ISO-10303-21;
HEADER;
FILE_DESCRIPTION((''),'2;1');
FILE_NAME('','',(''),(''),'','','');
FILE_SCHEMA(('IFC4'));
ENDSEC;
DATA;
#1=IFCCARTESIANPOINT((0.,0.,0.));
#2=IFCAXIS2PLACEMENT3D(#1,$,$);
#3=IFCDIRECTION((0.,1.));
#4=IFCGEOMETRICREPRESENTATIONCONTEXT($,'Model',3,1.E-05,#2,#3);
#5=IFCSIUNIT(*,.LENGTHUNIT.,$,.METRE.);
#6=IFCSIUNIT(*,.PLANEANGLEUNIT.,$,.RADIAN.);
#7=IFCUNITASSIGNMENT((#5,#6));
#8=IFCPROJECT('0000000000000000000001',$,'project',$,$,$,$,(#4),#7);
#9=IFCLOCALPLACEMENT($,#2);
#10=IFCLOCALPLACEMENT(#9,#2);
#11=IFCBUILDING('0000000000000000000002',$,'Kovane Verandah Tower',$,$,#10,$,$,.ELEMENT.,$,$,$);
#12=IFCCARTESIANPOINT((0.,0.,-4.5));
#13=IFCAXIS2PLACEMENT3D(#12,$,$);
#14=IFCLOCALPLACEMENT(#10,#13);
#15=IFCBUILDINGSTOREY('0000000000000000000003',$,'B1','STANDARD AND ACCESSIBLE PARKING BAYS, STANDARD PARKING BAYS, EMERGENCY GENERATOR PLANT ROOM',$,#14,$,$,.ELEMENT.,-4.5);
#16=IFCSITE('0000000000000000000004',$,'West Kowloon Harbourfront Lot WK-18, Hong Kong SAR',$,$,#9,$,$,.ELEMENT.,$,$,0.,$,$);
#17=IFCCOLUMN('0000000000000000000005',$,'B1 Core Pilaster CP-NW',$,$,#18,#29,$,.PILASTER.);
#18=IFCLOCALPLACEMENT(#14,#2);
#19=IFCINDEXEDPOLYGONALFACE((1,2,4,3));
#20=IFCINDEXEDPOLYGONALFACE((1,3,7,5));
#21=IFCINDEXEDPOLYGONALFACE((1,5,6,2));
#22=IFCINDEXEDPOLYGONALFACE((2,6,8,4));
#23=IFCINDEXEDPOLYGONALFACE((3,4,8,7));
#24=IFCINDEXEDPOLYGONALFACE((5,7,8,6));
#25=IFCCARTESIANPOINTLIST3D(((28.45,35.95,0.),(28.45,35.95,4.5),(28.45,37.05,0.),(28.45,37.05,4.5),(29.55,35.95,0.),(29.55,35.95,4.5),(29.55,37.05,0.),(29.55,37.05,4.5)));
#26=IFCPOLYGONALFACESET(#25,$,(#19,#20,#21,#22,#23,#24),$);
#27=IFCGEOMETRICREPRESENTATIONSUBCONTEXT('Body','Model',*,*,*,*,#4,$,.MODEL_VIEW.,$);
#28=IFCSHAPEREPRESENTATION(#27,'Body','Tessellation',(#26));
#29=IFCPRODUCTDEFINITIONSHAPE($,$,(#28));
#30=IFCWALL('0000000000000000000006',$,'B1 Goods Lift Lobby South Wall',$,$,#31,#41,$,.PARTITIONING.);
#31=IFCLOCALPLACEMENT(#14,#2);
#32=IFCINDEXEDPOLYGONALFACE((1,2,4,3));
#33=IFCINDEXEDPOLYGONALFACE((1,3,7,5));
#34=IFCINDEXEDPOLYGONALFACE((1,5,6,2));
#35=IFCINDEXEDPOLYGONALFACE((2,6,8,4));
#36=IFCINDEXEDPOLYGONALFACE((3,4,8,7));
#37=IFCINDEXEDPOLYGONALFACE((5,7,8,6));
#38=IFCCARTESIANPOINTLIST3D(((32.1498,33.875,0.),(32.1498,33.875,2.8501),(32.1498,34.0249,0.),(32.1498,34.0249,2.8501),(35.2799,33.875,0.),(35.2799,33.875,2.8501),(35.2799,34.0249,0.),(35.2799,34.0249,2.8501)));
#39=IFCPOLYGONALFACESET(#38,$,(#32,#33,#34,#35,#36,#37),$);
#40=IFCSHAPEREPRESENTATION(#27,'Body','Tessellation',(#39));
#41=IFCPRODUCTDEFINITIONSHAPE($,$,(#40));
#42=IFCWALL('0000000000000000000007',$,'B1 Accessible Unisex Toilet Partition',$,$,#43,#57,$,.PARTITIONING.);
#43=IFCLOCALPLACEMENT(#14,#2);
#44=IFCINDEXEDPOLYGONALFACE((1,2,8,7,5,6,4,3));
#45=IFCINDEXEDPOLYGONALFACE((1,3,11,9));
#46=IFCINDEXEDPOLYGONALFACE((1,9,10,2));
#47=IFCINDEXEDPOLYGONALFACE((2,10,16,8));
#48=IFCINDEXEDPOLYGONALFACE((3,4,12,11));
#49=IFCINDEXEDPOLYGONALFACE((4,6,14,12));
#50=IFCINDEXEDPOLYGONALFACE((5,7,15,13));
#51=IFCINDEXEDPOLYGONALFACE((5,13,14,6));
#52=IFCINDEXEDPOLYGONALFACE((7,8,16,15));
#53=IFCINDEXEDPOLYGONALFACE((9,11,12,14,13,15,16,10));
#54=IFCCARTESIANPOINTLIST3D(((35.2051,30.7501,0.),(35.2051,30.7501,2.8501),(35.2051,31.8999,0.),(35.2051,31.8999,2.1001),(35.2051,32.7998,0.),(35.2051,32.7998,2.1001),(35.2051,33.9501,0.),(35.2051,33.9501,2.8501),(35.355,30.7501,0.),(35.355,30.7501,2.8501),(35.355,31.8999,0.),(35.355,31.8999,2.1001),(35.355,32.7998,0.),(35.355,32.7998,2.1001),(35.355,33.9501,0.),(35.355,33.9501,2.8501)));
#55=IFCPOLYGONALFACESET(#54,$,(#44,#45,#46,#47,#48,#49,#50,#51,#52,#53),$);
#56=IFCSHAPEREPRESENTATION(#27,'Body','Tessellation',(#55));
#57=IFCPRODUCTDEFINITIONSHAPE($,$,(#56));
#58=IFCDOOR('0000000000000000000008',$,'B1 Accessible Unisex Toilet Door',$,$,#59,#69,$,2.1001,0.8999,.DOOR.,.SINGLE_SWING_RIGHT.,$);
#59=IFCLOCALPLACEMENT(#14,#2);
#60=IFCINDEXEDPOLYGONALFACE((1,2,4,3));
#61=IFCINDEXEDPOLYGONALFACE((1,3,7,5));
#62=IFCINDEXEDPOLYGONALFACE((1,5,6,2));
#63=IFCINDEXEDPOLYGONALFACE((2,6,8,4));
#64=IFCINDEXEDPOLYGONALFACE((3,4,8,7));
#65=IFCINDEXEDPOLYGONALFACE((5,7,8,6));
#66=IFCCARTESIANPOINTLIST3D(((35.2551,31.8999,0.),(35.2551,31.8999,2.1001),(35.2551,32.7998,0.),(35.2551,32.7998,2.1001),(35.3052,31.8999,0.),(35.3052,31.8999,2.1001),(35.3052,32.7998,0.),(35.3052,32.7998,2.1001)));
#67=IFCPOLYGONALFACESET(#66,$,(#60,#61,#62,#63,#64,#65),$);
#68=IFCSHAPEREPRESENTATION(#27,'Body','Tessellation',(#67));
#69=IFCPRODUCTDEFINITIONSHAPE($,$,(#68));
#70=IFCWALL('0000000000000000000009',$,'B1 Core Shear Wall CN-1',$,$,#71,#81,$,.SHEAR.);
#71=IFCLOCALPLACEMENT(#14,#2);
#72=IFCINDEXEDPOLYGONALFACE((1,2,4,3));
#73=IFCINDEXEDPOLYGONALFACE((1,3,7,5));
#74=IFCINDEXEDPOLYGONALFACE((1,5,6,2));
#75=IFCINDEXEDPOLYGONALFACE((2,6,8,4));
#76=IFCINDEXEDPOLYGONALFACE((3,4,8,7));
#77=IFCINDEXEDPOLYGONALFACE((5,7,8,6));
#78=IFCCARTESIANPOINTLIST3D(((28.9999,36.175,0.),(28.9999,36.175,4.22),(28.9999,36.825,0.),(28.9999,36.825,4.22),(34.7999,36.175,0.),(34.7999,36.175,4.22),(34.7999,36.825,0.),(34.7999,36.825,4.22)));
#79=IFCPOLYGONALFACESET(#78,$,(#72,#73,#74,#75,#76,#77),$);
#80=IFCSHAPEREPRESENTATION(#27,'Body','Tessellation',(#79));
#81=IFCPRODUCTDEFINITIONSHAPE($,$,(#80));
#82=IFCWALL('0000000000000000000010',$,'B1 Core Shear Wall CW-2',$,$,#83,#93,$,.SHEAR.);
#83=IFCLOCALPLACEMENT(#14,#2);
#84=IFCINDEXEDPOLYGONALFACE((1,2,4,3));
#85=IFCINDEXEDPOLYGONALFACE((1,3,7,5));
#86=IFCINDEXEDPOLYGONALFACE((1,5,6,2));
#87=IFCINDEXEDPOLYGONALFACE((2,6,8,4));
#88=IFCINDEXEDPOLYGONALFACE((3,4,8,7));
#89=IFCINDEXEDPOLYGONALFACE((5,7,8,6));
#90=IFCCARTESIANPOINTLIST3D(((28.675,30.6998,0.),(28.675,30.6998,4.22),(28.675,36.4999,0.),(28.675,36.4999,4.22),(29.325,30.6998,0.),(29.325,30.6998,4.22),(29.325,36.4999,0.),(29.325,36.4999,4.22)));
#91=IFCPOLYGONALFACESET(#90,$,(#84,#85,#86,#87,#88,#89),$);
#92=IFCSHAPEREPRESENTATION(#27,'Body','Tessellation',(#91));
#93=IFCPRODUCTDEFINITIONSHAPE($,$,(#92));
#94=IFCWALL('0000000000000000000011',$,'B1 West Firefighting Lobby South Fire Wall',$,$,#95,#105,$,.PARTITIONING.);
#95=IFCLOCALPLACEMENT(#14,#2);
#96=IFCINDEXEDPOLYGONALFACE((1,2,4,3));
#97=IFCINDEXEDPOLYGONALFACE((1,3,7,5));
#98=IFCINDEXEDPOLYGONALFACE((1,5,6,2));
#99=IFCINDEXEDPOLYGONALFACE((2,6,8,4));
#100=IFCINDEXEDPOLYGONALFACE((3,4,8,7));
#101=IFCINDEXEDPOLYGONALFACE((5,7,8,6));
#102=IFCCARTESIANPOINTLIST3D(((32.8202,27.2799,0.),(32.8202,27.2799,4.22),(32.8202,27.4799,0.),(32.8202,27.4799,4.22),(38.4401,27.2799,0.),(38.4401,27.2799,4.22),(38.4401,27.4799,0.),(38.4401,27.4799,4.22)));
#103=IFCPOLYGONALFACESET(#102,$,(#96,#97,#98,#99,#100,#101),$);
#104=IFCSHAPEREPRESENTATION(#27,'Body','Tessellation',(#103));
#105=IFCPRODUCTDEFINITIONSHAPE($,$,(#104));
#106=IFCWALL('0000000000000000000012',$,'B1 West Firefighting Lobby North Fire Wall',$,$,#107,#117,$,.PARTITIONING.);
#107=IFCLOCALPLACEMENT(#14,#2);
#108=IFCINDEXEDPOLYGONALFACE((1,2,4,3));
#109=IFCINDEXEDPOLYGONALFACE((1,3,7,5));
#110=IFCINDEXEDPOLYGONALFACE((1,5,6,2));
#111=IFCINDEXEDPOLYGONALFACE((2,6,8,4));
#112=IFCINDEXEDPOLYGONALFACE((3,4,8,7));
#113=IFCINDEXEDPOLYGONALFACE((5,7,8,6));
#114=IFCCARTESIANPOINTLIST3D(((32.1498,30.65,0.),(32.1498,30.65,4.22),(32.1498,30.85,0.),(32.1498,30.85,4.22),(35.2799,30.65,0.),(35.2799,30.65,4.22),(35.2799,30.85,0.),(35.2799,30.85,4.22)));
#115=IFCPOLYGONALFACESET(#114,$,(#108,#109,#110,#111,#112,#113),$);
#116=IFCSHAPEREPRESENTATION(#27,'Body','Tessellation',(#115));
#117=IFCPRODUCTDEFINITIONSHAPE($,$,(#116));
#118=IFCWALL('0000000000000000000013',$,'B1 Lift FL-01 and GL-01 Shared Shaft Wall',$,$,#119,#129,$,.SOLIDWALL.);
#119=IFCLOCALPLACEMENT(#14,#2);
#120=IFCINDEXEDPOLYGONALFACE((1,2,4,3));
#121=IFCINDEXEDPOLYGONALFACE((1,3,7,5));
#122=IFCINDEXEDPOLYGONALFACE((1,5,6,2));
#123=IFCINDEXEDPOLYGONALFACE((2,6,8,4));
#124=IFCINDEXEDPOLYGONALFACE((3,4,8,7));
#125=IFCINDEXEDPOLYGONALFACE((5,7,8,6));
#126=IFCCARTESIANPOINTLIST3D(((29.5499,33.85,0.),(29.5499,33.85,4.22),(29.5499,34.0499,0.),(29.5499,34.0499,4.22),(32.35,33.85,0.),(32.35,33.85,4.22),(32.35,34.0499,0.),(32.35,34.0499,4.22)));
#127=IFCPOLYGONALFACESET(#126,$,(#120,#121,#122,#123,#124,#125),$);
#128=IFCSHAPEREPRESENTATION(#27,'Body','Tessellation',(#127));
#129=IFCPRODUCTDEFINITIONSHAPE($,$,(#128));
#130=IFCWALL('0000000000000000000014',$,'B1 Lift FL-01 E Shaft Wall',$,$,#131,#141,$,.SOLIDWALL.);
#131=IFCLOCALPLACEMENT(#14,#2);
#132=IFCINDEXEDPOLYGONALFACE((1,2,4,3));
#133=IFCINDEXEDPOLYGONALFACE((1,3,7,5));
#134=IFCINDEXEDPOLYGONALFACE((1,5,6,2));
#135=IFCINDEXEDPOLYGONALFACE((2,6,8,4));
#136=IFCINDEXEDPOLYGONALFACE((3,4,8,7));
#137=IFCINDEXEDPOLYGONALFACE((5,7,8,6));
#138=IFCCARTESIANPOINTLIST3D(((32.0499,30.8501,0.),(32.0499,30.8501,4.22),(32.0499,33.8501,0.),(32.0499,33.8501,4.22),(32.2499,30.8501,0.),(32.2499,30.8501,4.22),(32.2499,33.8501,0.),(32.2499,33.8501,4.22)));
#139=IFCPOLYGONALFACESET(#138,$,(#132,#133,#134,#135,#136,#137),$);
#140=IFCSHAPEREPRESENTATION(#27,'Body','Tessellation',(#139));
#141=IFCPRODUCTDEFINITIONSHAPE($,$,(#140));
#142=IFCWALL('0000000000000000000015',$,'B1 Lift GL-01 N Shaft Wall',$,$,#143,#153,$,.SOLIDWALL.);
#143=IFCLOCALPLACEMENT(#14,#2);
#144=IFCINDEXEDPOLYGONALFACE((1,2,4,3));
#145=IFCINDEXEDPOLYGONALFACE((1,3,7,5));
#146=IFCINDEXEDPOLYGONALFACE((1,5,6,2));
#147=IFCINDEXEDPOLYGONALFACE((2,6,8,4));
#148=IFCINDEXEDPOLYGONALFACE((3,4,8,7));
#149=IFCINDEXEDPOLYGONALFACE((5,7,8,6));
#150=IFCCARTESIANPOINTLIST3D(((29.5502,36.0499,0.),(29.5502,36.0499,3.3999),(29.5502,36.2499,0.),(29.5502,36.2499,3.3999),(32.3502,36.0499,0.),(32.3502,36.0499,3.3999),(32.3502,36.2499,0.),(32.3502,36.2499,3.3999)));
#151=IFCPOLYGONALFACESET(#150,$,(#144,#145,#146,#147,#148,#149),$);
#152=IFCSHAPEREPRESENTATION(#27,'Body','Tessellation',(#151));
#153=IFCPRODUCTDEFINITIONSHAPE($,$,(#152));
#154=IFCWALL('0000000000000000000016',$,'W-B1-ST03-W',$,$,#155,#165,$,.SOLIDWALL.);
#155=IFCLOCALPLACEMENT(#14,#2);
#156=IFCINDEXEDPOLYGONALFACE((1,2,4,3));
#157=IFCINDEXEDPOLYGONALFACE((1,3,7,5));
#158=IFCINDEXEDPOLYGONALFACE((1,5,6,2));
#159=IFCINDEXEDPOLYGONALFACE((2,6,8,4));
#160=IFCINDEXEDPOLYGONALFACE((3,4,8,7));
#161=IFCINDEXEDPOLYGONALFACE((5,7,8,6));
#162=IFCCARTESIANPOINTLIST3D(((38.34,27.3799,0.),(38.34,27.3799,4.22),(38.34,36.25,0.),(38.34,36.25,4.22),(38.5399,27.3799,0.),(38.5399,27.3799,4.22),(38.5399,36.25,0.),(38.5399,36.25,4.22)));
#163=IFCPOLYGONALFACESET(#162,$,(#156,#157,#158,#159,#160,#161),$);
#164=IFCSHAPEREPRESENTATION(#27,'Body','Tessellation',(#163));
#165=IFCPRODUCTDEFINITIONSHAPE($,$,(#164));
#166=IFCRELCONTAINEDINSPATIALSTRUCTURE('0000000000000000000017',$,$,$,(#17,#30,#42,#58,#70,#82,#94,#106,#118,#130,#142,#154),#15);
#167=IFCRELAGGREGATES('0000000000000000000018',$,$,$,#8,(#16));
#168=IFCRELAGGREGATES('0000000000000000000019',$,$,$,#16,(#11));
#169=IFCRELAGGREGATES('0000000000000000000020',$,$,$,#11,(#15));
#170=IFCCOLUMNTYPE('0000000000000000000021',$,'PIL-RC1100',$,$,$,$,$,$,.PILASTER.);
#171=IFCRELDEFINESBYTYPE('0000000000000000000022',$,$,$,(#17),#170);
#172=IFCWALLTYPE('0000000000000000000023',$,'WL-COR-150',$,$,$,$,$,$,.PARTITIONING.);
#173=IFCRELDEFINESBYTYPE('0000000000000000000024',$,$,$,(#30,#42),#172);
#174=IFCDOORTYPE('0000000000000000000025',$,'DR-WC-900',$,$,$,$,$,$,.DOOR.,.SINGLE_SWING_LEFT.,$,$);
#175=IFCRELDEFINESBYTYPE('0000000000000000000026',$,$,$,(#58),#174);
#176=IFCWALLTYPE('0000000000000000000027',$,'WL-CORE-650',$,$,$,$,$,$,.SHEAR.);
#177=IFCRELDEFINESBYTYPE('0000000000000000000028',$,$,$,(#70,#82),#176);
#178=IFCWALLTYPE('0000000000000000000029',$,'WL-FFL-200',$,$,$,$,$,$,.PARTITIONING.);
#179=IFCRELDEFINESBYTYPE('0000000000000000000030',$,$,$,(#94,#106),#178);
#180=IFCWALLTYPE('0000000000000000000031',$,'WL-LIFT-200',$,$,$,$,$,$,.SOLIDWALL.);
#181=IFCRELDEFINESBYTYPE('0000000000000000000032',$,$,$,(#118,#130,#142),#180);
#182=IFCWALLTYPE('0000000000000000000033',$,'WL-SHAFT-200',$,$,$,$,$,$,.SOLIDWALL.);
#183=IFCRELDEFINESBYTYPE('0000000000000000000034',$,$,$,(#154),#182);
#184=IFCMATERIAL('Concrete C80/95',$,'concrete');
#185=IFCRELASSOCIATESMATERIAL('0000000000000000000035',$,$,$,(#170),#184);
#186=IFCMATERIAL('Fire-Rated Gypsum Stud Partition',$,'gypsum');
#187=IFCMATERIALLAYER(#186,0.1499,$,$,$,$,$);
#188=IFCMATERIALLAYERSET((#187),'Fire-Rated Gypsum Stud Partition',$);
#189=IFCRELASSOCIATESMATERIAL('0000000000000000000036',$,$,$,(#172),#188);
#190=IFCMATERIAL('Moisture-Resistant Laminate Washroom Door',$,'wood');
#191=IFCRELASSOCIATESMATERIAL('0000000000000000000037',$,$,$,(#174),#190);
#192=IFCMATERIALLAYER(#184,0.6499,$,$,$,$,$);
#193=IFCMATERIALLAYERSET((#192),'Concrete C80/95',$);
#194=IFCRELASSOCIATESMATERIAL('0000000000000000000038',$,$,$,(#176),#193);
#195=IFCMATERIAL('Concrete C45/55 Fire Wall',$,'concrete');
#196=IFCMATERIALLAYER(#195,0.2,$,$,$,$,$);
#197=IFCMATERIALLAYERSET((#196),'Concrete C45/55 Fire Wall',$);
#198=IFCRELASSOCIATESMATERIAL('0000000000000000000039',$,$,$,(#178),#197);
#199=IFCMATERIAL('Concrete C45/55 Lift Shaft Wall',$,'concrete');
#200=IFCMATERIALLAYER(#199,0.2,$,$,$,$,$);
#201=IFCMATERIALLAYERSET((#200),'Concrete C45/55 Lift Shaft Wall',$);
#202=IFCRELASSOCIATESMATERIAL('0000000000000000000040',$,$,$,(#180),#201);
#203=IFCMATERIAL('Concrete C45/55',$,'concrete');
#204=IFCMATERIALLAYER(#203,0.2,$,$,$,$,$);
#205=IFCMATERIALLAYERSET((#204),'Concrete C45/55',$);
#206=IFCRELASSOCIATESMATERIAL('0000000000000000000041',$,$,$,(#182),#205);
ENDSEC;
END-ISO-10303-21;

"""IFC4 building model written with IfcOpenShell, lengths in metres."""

from ifc_helpers import new_model, si_unit, direction, frame, frame_2d, origin, origin_2d, place, context, subcontext, project, spatial, rectangle, extrude, material, layer, layer_set, material_profile, profile_set, type_object, element, fill, save


model = new_model("IFC4")

# Units and contexts
model_context = context("Model", 3, precision=1e-05, world=origin(), true_north=direction((0.0, 1.0)))
body_context = subcontext(model_context, "Body", "Model", "MODEL_VIEW")
ifc_project = project(units=[si_unit("LENGTHUNIT", "METRE"), si_unit("PLANEANGLEUNIT", "RADIAN")], contexts=[model_context])

# Site, building, storey
site_placement = place(None, origin())
site = spatial("IfcSite", under=ifc_project, at=site_placement, Name="West Kowloon Harbourfront Lot WK-18, Hong Kong SAR", CompositionType="ELEMENT", RefElevation=0.0)
building_placement = place(site_placement, origin())
building = spatial("IfcBuilding", under=site, at=building_placement, Name="Kovane Verandah Tower", CompositionType="ELEMENT")
storey_placement = place(building_placement, frame((0.0, 0.0, -4.5)))
storey = spatial("IfcBuildingStorey", under=building, at=storey_placement, Name="B1", Description="STANDARD AND ACCESSIBLE PARKING BAYS, STANDARD PARKING BAYS, EMERGENCY GENERATOR PLANT ROOM", CompositionType="ELEMENT", Elevation=-4.5)

# Column
ifc_material_1 = material(Name="Concrete C80/95", Category="concrete")
ifc_material_profile = material_profile(ifc_material_1, rectangle(XDim=1.1001, YDim=1.1001, at=origin_2d()), Name="RC1100x1100")
ifc_profile_set = profile_set([ifc_material_profile], Name="Concrete C80/95")
column_type = type_object("IfcColumnType", Name="PIL-RC1100", PredefinedType="PILASTER", material=ifc_profile_set)
column_placement = place(storey_placement, frame((29.0, 36.5, 0.0), z_axis=(0.0, 0.0, 1.0), x_axis=(1.0, 0.0, 0.0)))
element("IfcColumn", 1, at=column_placement, inside=storey, type_object=column_type, Name="B1 Core Pilaster CP-NW", PredefinedType="PILASTER", context=body_context, shape_type="SweptSolid", body=[
    extrude(rectangle(XDim=1.1001, YDim=1.1001, at=origin_2d()), origin(), (0.0, 0.0, 1.0), 4.5),
])

# Wall
ifc_material_2 = material(Name="Fire-Rated Gypsum Stud Partition", Category="gypsum")
ifc_layer_1 = layer(ifc_material_2, 0.1499)
ifc_layer_set_1 = layer_set([ifc_layer_1], Name="Fire-Rated Gypsum Stud Partition")
wall_type_1 = type_object("IfcWallType", Name="WL-COR-150", PredefinedType="PARTITIONING", material=ifc_layer_set_1)
wall_1_placement = place(storey_placement, frame((32.1499, 33.95, 0.0), z_axis=(0.0, 0.0, 1.0), x_axis=(1.0, 0.0, 0.0)))
element("IfcWall", 2, at=wall_1_placement, inside=storey, type_object=wall_type_1, Name="B1 Goods Lift Lobby South Wall", PredefinedType="PARTITIONING", context=body_context, shape_type="SweptSolid", body=[
    extrude(rectangle(XDim=3.1301, YDim=0.1499, at=frame_2d((1.5649, 0.0))), origin(), (0.0, 0.0, 1.0), 2.8501),
])

# Wall, opening, door
wall_2_placement = place(storey_placement, frame((35.28, 30.75, 0.0), z_axis=(0.0, 0.0, 1.0), x_axis=(0.0, 1.0, 0.0)))
wall_2 = element("IfcWall", 3, at=wall_2_placement, inside=storey, type_object=wall_type_1, Name="B1 Accessible Unisex Toilet Partition", PredefinedType="PARTITIONING", context=body_context, shape_type="SweptSolid", body=[
    extrude(rectangle(XDim=3.2, YDim=0.1499, at=frame_2d((1.6001, 0.0))), origin(), (0.0, 0.0, 1.0), 2.8501),
])
opening_1_placement = place(wall_2_placement, frame((1.1499, 0.0, 0.0)))
opening_1 = element("IfcOpeningElement", 4, at=opening_1_placement, cuts=wall_2, PredefinedType="OPENING", context=body_context, shape_type="SweptSolid", body=[
    extrude(rectangle(XDim=0.8999, YDim=2.1001, at=frame_2d((0.45, 1.05))), frame((0.0, 0.075, 0.0), z_axis=(0.0, -1.0, 0.0), x_axis=(1.0, 0.0, 0.0)), (0.0, 0.0, 1.0), 0.1499),
])
ifc_material_3 = material(Name="Moisture-Resistant Laminate Washroom Door", Category="wood")
door_type_1 = type_object("IfcDoorType", Name="DR-WC-900", OperationType="SINGLE_SWING_LEFT", PredefinedType="DOOR", material=ifc_material_3)
door_1_placement = place(opening_1_placement, origin())
door_1 = element("IfcDoor", 5, at=door_1_placement, inside=storey, type_object=door_type_1, Name="B1 Accessible Unisex Toilet Door", OperationType="SINGLE_SWING_RIGHT", OverallHeight=2.1001, OverallWidth=0.8999, PredefinedType="DOOR", context=body_context, shape_type="SweptSolid", body=[
    extrude(rectangle(XDim=0.8999, YDim=2.1001, at=frame_2d((0.45, 1.05))), frame((0.0, 0.0249, 0.0), z_axis=(0.0, -1.0, 0.0), x_axis=(1.0, 0.0, 0.0)), (0.0, 0.0, 1.0), 0.05),
])
fill(opening_1, door_1)

# Walls
ifc_layer_2 = layer(ifc_material_1, 0.6499)
ifc_layer_set_2 = layer_set([ifc_layer_2], Name="Concrete C80/95")
wall_type_2 = type_object("IfcWallType", Name="WL-CORE-650", PredefinedType="SHEAR", material=ifc_layer_set_2)
for number, where, z_axis, x_axis, name in (
    (6, (29.0, 36.5, 0.0), (0.0, 0.0, 1.0), (1.0, 0.0, 0.0), "B1 Core Shear Wall CN-1"),
    (7, (29.0, 30.7, 0.0), (0.0, 0.0, 1.0), (0.0, 1.0, 0.0), "B1 Core Shear Wall CW-2"),
):
    element("IfcWall", number, at=place(storey_placement, frame(where, z_axis=z_axis, x_axis=x_axis)), inside=storey, type_object=wall_type_2, Name=name, PredefinedType="SHEAR", context=body_context, shape_type="SweptSolid", body=[
        extrude(rectangle(XDim=5.8, YDim=0.6499, at=frame_2d((2.8999, 0.0))), origin(), (0.0, 0.0, 1.0), 4.22),
    ])

# Shared definitions
ifc_material_4 = material(Name="Concrete C45/55 Fire Wall", Category="concrete")
ifc_layer_3 = layer(ifc_material_4, 0.2)
ifc_layer_set_3 = layer_set([ifc_layer_3], Name="Concrete C45/55 Fire Wall")
wall_type_3 = type_object("IfcWallType", Name="WL-FFL-200", PredefinedType="PARTITIONING", material=ifc_layer_set_3)

# Walls
wall_3_placement = place(storey_placement, frame((32.8201, 27.3799, 0.0), z_axis=(0.0, 0.0, 1.0), x_axis=(1.0, 0.0, 0.0)))
element("IfcWall", 8, at=wall_3_placement, inside=storey, type_object=wall_type_3, Name="B1 West Firefighting Lobby South Fire Wall", PredefinedType="PARTITIONING", context=body_context, shape_type="SweptSolid", body=[
    extrude(rectangle(XDim=5.6199, YDim=0.2, at=frame_2d((2.8101, 0.0))), origin(), (0.0, 0.0, 1.0), 4.22),
])
wall_4_placement = place(storey_placement, frame((32.1499, 30.75, 0.0), z_axis=(0.0, 0.0, 1.0), x_axis=(1.0, 0.0, 0.0)))
element("IfcWall", 9, at=wall_4_placement, inside=storey, type_object=wall_type_3, Name="B1 West Firefighting Lobby North Fire Wall", PredefinedType="PARTITIONING", context=body_context, shape_type="SweptSolid", body=[
    extrude(rectangle(XDim=3.1301, YDim=0.2, at=frame_2d((1.5649, 0.0))), origin(), (0.0, 0.0, 1.0), 4.22),
])

# Shared definitions
ifc_material_5 = material(Name="Concrete C45/55 Lift Shaft Wall", Category="concrete")
ifc_layer_4 = layer(ifc_material_5, 0.2)
ifc_layer_set_4 = layer_set([ifc_layer_4], Name="Concrete C45/55 Lift Shaft Wall")
wall_type_4 = type_object("IfcWallType", Name="WL-LIFT-200", PredefinedType="SOLIDWALL", material=ifc_layer_set_4)

# Walls
wall_5_placement = place(storey_placement, frame((29.55, 33.95, 0.0), z_axis=(0.0, 0.0, 1.0), x_axis=(1.0, 0.0, 0.0)))
element("IfcWall", 10, at=wall_5_placement, inside=storey, type_object=wall_type_4, Name="B1 Lift FL-01 and GL-01 Shared Shaft Wall", PredefinedType="SOLIDWALL", context=body_context, shape_type="SweptSolid", body=[
    extrude(rectangle(XDim=2.8, YDim=0.2, at=frame_2d((1.3999, 0.0))), origin(), (0.0, 0.0, 1.0), 4.22),
])
wall_6_placement = place(storey_placement, frame((32.1499, 30.8501, 0.0), z_axis=(0.0, 0.0, 1.0), x_axis=(0.0, 1.0, 0.0)))
element("IfcWall", 11, at=wall_6_placement, inside=storey, type_object=wall_type_4, Name="B1 Lift FL-01 E Shaft Wall", PredefinedType="SOLIDWALL", context=body_context, shape_type="SweptSolid", body=[
    extrude(rectangle(XDim=3.0, YDim=0.2, at=frame_2d((1.5, 0.0))), origin(), (0.0, 0.0, 1.0), 4.22),
])
wall_7_placement = place(storey_placement, frame((32.3501, 36.1499, 0.0), z_axis=(0.0, 0.0, 1.0), x_axis=(-1.0, 0.0, 0.0)))
element("IfcWall", 12, at=wall_7_placement, inside=storey, type_object=wall_type_4, Name="B1 Lift GL-01 N Shaft Wall", PredefinedType="SOLIDWALL", context=body_context, shape_type="SweptSolid", body=[
    extrude(rectangle(XDim=2.8, YDim=0.2, at=frame_2d((1.3999, 0.0))), origin(), (0.0, 0.0, 1.0), 3.3999),
])

# Shared definitions
ifc_material_6 = material(Name="Concrete C45/55", Category="concrete")
ifc_layer_5 = layer(ifc_material_6, 0.2)
ifc_layer_set_5 = layer_set([ifc_layer_5], Name="Concrete C45/55")
wall_type_5 = type_object("IfcWallType", Name="WL-SHAFT-200", PredefinedType="SOLIDWALL", material=ifc_layer_set_5)

# Wall
wall_8_placement = place(storey_placement, frame((38.4399, 27.3799, 0.0), z_axis=(0.0, 0.0, 1.0), x_axis=(0.0, 1.0, 0.0)))
element("IfcWall", 13, at=wall_8_placement, inside=storey, type_object=wall_type_5, Name="W-B1-ST03-W", PredefinedType="SOLIDWALL", context=body_context, shape_type="SweptSolid", body=[
    extrude(rectangle(XDim=8.8701, YDim=0.2, at=frame_2d((4.4351, 0.0))), origin(), (0.0, 0.0, 1.0), 4.22),
])

save(model, "model.ifc")
